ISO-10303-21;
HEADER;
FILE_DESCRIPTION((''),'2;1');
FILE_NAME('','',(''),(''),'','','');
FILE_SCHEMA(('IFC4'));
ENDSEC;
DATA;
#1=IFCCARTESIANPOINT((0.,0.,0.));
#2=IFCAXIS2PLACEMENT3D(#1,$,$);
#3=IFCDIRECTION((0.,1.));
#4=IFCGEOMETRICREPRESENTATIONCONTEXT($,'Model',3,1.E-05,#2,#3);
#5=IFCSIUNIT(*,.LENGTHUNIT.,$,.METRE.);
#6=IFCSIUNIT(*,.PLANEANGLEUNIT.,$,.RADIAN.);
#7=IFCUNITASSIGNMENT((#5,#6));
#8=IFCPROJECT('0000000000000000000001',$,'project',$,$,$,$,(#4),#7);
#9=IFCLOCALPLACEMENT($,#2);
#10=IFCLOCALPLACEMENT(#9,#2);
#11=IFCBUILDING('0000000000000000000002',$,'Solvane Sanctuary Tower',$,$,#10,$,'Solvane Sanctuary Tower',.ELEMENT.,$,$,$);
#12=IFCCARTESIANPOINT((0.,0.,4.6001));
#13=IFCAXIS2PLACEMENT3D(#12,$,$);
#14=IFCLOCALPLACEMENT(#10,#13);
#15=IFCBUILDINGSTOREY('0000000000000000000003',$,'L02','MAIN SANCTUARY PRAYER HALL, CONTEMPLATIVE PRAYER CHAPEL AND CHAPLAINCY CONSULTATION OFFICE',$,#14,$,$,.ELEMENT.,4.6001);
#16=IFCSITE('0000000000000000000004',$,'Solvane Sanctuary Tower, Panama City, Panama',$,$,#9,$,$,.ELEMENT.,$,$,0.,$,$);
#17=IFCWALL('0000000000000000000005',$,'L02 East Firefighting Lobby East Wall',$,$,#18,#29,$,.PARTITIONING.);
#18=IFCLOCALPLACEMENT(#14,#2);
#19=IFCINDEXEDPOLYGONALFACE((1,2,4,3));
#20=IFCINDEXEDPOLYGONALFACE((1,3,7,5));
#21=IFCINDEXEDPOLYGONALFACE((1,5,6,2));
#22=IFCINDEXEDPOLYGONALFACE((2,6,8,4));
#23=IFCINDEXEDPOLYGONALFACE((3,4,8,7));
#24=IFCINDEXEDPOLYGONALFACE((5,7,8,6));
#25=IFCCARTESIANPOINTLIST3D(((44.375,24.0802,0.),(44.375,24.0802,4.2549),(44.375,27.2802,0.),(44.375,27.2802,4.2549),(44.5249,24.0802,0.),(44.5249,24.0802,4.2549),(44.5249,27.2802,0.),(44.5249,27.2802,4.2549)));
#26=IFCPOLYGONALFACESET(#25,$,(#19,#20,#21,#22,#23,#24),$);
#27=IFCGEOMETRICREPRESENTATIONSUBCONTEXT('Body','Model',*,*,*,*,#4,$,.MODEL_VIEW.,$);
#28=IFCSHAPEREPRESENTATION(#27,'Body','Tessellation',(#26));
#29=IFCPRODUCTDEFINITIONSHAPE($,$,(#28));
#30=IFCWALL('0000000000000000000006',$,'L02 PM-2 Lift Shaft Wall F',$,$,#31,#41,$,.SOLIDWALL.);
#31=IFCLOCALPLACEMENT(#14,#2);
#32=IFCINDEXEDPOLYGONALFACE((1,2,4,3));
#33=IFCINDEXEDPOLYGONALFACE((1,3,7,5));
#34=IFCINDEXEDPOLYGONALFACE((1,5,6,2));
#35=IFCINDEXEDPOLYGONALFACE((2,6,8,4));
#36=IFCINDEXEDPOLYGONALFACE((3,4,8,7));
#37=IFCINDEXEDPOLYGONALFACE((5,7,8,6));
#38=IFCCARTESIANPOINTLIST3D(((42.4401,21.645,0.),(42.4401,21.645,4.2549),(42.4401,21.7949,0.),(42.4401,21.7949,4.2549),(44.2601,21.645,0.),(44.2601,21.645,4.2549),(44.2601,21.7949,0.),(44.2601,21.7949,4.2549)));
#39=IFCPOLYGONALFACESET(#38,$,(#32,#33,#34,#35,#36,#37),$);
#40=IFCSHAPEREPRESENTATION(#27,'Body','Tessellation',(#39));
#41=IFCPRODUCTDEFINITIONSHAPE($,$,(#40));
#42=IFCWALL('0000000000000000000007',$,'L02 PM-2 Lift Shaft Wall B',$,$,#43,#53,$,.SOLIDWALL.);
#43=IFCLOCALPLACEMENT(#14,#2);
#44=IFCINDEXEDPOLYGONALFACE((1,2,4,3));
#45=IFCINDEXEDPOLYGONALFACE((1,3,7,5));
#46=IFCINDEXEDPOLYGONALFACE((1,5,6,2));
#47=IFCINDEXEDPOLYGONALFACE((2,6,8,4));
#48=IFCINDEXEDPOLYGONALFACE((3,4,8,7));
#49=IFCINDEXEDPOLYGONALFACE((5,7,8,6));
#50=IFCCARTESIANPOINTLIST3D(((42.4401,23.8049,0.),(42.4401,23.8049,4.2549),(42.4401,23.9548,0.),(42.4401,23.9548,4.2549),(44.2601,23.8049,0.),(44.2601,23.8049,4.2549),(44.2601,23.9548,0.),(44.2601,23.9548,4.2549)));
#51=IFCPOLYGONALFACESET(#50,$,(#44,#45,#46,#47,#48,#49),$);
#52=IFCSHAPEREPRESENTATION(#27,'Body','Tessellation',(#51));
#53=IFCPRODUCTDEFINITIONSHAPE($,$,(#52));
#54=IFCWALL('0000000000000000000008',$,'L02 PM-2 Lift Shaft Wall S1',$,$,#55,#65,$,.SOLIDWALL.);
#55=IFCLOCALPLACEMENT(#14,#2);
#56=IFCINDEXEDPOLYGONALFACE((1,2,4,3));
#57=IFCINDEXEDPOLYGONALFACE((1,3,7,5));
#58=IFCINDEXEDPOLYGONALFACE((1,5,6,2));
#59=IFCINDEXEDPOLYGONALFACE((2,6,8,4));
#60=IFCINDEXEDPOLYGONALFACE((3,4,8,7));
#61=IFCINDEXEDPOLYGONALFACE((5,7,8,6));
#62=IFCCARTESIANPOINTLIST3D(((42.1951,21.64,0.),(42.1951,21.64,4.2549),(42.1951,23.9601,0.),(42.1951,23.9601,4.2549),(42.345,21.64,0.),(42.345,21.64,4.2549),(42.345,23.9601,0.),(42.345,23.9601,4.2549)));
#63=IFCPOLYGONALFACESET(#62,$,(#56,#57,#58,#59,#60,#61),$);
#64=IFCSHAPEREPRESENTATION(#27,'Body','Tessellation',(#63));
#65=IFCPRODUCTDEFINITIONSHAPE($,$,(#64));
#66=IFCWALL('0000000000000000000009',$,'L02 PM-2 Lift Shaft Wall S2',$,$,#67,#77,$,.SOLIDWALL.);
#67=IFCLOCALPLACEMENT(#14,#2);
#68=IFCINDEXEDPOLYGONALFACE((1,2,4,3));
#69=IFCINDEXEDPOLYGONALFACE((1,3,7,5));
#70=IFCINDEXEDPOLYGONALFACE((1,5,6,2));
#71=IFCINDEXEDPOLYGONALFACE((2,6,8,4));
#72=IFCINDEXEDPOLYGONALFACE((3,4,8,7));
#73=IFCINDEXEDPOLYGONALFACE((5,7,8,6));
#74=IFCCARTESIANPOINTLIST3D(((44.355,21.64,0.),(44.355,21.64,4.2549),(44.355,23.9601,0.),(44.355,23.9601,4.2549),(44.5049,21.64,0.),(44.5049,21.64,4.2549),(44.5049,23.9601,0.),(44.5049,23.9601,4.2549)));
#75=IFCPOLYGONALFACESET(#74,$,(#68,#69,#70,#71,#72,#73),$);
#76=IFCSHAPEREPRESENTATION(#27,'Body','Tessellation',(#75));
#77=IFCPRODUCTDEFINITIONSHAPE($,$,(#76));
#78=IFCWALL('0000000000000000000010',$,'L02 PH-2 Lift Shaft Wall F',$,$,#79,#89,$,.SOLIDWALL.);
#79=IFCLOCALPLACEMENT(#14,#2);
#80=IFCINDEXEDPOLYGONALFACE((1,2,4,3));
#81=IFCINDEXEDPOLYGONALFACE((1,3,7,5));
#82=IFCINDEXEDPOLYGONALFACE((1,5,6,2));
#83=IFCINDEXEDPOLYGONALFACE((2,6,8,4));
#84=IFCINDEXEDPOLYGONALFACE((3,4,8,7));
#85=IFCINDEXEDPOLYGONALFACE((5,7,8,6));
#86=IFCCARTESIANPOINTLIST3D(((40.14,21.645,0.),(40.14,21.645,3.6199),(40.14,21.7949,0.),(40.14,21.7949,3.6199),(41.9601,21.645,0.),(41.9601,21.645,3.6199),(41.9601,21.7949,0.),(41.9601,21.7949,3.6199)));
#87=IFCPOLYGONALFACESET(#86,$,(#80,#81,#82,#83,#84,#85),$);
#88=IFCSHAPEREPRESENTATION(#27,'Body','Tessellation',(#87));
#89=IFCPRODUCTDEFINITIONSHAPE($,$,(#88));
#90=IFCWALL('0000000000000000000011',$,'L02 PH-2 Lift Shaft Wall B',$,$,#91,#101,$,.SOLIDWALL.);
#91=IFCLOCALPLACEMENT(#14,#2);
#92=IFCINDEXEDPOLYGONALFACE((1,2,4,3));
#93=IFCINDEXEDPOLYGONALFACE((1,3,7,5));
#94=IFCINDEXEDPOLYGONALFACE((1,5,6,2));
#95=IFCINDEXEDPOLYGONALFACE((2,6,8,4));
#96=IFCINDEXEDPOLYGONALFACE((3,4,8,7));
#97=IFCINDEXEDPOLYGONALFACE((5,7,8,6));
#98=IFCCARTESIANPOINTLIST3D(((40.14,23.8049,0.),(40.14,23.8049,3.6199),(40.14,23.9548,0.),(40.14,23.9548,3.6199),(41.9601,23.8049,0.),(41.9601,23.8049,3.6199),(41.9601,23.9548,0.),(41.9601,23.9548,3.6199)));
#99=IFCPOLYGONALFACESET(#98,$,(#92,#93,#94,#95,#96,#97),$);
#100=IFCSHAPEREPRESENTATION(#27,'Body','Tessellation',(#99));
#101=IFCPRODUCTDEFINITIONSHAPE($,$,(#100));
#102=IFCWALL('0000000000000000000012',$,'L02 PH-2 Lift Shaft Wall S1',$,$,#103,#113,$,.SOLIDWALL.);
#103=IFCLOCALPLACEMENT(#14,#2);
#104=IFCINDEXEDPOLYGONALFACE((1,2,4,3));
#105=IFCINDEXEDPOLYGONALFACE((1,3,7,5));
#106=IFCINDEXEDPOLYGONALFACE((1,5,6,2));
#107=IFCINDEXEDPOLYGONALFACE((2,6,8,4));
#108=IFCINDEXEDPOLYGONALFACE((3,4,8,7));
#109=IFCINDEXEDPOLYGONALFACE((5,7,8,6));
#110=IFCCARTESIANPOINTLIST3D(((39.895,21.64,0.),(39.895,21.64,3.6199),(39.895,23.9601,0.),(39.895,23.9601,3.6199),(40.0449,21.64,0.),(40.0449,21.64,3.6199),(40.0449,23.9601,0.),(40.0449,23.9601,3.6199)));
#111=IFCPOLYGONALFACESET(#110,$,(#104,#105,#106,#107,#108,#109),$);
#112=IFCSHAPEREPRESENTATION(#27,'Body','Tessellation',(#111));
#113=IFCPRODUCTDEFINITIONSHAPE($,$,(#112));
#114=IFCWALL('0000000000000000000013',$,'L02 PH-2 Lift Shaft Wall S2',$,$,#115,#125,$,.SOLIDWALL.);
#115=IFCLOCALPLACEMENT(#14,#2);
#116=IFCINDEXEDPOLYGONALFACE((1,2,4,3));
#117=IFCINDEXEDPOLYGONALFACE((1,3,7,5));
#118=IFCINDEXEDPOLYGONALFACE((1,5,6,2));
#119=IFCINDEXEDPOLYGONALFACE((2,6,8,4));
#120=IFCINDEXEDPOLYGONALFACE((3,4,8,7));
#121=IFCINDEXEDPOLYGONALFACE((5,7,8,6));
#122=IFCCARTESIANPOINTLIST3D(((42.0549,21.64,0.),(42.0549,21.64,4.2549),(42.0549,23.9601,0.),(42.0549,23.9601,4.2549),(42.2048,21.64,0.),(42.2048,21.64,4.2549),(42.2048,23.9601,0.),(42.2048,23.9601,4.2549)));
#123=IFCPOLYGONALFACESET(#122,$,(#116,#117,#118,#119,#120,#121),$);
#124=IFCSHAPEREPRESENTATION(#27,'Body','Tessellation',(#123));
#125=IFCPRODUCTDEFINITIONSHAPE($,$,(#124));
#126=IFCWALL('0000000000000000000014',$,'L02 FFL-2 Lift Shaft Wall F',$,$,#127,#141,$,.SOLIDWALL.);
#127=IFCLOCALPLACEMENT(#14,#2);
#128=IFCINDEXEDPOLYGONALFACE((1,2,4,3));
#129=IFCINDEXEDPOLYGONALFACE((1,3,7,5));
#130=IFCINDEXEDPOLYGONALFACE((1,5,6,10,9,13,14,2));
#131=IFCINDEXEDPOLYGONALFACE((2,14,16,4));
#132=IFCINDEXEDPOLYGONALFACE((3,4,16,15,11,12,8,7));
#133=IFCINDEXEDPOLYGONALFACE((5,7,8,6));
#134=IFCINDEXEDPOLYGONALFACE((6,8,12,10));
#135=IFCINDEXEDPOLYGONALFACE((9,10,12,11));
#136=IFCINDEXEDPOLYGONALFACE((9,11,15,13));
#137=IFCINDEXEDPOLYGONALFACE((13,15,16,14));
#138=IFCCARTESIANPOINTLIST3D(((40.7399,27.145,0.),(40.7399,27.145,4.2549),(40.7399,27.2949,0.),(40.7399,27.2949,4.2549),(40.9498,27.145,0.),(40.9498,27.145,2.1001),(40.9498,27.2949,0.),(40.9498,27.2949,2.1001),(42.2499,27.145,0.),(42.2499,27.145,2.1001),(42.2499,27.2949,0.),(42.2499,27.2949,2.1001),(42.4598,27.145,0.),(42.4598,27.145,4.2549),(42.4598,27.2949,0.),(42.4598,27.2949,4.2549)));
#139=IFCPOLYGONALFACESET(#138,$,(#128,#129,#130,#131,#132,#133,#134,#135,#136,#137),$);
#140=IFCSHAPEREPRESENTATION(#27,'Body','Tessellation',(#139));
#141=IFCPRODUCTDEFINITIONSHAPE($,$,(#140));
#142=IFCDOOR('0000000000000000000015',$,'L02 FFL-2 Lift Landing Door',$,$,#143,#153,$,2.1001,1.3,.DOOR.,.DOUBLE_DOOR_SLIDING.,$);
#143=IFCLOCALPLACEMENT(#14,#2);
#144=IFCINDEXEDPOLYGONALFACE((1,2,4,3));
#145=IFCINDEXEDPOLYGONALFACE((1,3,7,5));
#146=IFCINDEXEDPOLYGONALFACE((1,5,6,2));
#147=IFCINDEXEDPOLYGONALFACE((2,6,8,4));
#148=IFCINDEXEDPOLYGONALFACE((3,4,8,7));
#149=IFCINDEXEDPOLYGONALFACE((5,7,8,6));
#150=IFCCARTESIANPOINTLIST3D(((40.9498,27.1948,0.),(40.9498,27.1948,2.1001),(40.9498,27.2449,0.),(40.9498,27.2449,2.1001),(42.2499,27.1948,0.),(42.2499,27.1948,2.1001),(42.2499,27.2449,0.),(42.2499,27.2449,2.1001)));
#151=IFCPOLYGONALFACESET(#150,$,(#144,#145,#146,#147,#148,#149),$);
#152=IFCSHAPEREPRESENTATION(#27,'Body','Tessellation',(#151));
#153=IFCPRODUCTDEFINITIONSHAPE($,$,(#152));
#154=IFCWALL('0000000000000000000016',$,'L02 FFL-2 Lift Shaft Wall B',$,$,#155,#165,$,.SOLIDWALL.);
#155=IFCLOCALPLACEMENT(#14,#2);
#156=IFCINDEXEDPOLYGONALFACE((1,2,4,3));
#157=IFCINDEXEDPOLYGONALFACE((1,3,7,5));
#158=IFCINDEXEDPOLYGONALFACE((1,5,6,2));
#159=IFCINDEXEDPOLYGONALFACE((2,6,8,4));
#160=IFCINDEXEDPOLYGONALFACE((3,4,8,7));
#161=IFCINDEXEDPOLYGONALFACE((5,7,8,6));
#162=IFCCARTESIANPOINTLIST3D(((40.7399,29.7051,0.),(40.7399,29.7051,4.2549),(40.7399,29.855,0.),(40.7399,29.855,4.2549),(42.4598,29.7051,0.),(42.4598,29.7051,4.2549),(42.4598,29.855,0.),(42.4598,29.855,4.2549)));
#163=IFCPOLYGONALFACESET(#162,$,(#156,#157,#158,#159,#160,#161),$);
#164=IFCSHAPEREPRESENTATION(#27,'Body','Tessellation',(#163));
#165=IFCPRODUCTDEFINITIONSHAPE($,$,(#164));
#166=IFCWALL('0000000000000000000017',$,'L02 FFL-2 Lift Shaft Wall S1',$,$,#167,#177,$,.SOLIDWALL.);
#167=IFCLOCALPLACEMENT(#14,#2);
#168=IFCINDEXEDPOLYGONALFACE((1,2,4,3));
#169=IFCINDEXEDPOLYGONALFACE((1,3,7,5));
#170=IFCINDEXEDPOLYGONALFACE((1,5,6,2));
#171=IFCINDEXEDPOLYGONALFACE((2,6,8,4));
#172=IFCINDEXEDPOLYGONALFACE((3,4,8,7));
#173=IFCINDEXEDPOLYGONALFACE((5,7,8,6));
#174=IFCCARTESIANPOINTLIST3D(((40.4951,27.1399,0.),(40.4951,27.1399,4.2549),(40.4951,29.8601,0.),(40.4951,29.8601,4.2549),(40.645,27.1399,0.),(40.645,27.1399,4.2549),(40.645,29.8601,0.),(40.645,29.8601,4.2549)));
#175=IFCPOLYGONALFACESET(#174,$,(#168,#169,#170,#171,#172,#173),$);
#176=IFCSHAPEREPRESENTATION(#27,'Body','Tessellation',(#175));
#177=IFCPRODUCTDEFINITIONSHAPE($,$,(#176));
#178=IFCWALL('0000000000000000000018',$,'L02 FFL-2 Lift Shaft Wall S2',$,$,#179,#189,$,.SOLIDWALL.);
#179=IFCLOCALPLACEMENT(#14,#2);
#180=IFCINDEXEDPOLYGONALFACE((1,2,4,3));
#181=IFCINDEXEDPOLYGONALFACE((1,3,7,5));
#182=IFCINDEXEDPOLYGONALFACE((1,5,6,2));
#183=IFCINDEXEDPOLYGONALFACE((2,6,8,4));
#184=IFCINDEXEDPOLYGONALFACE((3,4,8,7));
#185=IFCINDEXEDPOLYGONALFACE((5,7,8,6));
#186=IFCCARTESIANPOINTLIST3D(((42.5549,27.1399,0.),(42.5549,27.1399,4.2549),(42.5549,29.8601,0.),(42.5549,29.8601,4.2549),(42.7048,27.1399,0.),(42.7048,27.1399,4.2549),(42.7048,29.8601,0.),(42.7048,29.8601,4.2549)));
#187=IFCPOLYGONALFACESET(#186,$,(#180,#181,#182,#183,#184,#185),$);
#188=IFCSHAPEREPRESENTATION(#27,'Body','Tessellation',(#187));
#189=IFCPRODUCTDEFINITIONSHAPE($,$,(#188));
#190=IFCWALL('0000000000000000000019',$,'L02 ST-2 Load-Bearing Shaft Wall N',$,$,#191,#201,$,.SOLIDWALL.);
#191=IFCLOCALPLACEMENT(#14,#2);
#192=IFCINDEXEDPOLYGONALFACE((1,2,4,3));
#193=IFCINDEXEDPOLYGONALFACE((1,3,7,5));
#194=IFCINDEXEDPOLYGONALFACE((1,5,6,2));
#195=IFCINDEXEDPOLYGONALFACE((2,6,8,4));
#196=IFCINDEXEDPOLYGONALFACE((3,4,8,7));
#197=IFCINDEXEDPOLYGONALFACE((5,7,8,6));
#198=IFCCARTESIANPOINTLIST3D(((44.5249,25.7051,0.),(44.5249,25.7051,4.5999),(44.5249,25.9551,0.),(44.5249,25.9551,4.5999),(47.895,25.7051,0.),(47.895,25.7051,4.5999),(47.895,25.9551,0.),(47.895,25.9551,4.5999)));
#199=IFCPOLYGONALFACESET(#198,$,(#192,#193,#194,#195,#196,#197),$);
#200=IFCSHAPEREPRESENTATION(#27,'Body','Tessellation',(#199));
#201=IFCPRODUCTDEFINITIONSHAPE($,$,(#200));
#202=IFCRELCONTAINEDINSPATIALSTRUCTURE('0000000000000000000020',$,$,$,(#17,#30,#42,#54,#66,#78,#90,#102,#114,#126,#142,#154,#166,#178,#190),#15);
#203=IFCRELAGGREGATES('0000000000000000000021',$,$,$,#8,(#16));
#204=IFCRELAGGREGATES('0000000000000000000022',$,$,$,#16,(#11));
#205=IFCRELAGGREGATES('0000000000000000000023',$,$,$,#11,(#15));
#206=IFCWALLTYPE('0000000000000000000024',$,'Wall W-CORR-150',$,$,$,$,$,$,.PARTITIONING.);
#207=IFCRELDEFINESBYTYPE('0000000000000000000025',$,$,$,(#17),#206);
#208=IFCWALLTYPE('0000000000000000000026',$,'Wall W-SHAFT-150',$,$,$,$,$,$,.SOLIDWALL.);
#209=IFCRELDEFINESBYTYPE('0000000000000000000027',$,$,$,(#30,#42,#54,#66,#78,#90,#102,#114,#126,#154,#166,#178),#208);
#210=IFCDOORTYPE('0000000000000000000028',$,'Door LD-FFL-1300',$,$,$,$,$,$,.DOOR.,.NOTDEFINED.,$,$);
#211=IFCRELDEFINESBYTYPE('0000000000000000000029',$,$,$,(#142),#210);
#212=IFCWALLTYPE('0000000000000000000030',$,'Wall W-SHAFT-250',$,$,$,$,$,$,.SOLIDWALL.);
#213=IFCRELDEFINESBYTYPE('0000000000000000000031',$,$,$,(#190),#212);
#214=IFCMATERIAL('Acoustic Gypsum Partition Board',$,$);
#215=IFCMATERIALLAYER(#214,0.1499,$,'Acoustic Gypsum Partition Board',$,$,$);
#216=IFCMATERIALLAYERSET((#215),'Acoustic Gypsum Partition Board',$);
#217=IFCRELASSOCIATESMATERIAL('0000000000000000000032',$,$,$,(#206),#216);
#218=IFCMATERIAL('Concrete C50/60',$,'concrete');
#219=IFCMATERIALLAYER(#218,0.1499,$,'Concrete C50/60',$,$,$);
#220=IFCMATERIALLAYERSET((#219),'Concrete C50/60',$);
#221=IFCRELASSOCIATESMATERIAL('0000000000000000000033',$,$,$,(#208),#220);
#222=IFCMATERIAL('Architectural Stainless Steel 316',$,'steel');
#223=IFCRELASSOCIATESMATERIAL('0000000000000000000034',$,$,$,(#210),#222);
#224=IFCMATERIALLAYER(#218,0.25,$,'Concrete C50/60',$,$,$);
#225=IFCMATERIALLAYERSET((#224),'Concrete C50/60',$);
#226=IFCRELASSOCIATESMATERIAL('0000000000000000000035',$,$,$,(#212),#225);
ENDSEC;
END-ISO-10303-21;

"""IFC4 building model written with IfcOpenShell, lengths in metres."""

from ifc_helpers import new_model, si_unit, direction, frame, frame_2d, origin, place, context, subcontext, project, spatial, rectangle, extrude, material, layer, layer_set, type_object, element, fill, save


model = new_model("IFC4")

# Units and contexts
model_context = context("Model", 3, precision=1e-05, world=origin(), true_north=direction((0.0, 1.0)))
body_context = subcontext(model_context, "Body", "Model", "MODEL_VIEW")
ifc_project = project(units=[si_unit("LENGTHUNIT", "METRE"), si_unit("PLANEANGLEUNIT", "RADIAN")], contexts=[model_context])

# Site, building, storey
site_placement = place(None, origin())
site = spatial("IfcSite", under=ifc_project, at=site_placement, Name="Solvane Sanctuary Tower, Panama City, Panama", CompositionType="ELEMENT", RefElevation=0.0)
building_placement = place(site_placement, origin())
building = spatial("IfcBuilding", under=site, at=building_placement, Name="Solvane Sanctuary Tower", LongName="Solvane Sanctuary Tower", CompositionType="ELEMENT")
storey_placement = place(building_placement, frame((0.0, 0.0, 4.6001)))
storey = spatial("IfcBuildingStorey", under=building, at=storey_placement, Name="L02", Description="MAIN SANCTUARY PRAYER HALL, CONTEMPLATIVE PRAYER CHAPEL AND CHAPLAINCY CONSULTATION OFFICE", CompositionType="ELEMENT", Elevation=4.6001)

# Walls
ifc_material_1 = material(Name="Acoustic Gypsum Partition Board")
ifc_layer_1 = layer(ifc_material_1, 0.1499, Name="Acoustic Gypsum Partition Board")
ifc_layer_set_1 = layer_set([ifc_layer_1], Name="Acoustic Gypsum Partition Board")
wall_type_1 = type_object("IfcWallType", Name="Wall W-CORR-150", PredefinedType="PARTITIONING", material=ifc_layer_set_1)
wall_1_placement = place(storey_placement, frame((44.45, 24.0801, 0.0), z_axis=(0.0, 0.0, 1.0), x_axis=(0.0, 1.0, 0.0)))
element("IfcWall", 1, at=wall_1_placement, inside=storey, type_object=wall_type_1, Name="L02 East Firefighting Lobby East Wall", PredefinedType="PARTITIONING", context=body_context, shape_type="SweptSolid", body=[
    extrude(rectangle(XDim=3.2, YDim=0.1499, at=frame_2d((1.6001, 0.0))), origin(), (0.0, 0.0, 1.0), 4.2549),
])
ifc_material_2 = material(Name="Concrete C50/60", Category="concrete")
ifc_layer_2 = layer(ifc_material_2, 0.1499, Name="Concrete C50/60")
ifc_layer_set_2 = layer_set([ifc_layer_2], Name="Concrete C50/60")
wall_type_2 = type_object("IfcWallType", Name="Wall W-SHAFT-150", PredefinedType="SOLIDWALL", material=ifc_layer_set_2)
for number, where, z_axis, x_axis, name in (
    (2, (42.4399, 21.72, 0.0), (0.0, 0.0, 1.0), (1.0, 0.0, 0.0), "L02 PM-2 Lift Shaft Wall F"),
    (3, (42.4399, 23.8799, 0.0), (0.0, 0.0, 1.0), (1.0, 0.0, 0.0), "L02 PM-2 Lift Shaft Wall B"),
):
    element("IfcWall", number, at=place(storey_placement, frame(where, z_axis=z_axis, x_axis=x_axis)), inside=storey, type_object=wall_type_2, Name=name, PredefinedType="SOLIDWALL", context=body_context, shape_type="SweptSolid", body=[
        extrude(rectangle(XDim=1.8201, YDim=0.1499, at=frame_2d((0.9102, 0.0))), origin(), (0.0, 0.0, 1.0), 4.2549),
    ])
for number, where, z_axis, x_axis, name in (
    (4, (42.27, 21.6399, 0.0), (0.0, 0.0, 1.0), (0.0, 1.0, 0.0), "L02 PM-2 Lift Shaft Wall S1"),
    (5, (44.4299, 21.6399, 0.0), (0.0, 0.0, 1.0), (0.0, 1.0, 0.0), "L02 PM-2 Lift Shaft Wall S2"),
):
    element("IfcWall", number, at=place(storey_placement, frame(where, z_axis=z_axis, x_axis=x_axis)), inside=storey, type_object=wall_type_2, Name=name, PredefinedType="SOLIDWALL", context=body_context, shape_type="SweptSolid", body=[
        extrude(rectangle(XDim=2.3201, YDim=0.1499, at=frame_2d((1.1602, 0.0))), origin(), (0.0, 0.0, 1.0), 4.2549),
    ])
for number, where, z_axis, x_axis, name in (
    (6, (40.1399, 21.72, 0.0), (0.0, 0.0, 1.0), (1.0, 0.0, 0.0), "L02 PH-2 Lift Shaft Wall F"),
    (7, (40.1399, 23.8799, 0.0), (0.0, 0.0, 1.0), (1.0, 0.0, 0.0), "L02 PH-2 Lift Shaft Wall B"),
):
    element("IfcWall", number, at=place(storey_placement, frame(where, z_axis=z_axis, x_axis=x_axis)), inside=storey, type_object=wall_type_2, Name=name, PredefinedType="SOLIDWALL", context=body_context, shape_type="SweptSolid", body=[
        extrude(rectangle(XDim=1.8201, YDim=0.1499, at=frame_2d((0.9102, 0.0))), origin(), (0.0, 0.0, 1.0), 3.6199),
    ])
wall_2_placement = place(storey_placement, frame((39.97, 21.6399, 0.0), z_axis=(0.0, 0.0, 1.0), x_axis=(0.0, 1.0, 0.0)))
element("IfcWall", 8, at=wall_2_placement, inside=storey, type_object=wall_type_2, Name="L02 PH-2 Lift Shaft Wall S1", PredefinedType="SOLIDWALL", context=body_context, shape_type="SweptSolid", body=[
    extrude(rectangle(XDim=2.3201, YDim=0.1499, at=frame_2d((1.1602, 0.0))), origin(), (0.0, 0.0, 1.0), 3.6199),
])
wall_3_placement = place(storey_placement, frame((42.1299, 21.6399, 0.0), z_axis=(0.0, 0.0, 1.0), x_axis=(0.0, 1.0, 0.0)))
element("IfcWall", 9, at=wall_3_placement, inside=storey, type_object=wall_type_2, Name="L02 PH-2 Lift Shaft Wall S2", PredefinedType="SOLIDWALL", context=body_context, shape_type="SweptSolid", body=[
    extrude(rectangle(XDim=2.3201, YDim=0.1499, at=frame_2d((1.1602, 0.0))), origin(), (0.0, 0.0, 1.0), 4.2549),
])

# Wall, opening, door
wall_4_placement = place(storey_placement, frame((40.74, 27.22, 0.0), z_axis=(0.0, 0.0, 1.0), x_axis=(1.0, 0.0, 0.0)))
wall_4 = element("IfcWall", 10, at=wall_4_placement, inside=storey, type_object=wall_type_2, Name="L02 FFL-2 Lift Shaft Wall F", PredefinedType="SOLIDWALL", context=body_context, shape_type="SweptSolid", body=[
    extrude(rectangle(XDim=1.72, YDim=0.1499, at=frame_2d((0.8599, 0.0))), origin(), (0.0, 0.0, 1.0), 4.2549),
])
opening_placement = place(wall_4_placement, frame((0.21, 0.0, 0.0)))
opening = element("IfcOpeningElement", 11, at=opening_placement, cuts=wall_4, PredefinedType="OPENING", context=body_context, shape_type="SweptSolid", body=[
    extrude(rectangle(XDim=1.3, YDim=2.1001, at=frame_2d((0.6499, 1.05))), frame((0.0, 0.085, 0.0), z_axis=(0.0, -1.0, 0.0), x_axis=(1.0, 0.0, 0.0)), (0.0, 0.0, 1.0), 0.1699),
])
ifc_material_3 = material(Name="Architectural Stainless Steel 316", Category="steel")
door_type = type_object("IfcDoorType", Name="Door LD-FFL-1300", OperationType="NOTDEFINED", PredefinedType="DOOR", material=ifc_material_3)
door_placement = place(opening_placement, origin())
door = element("IfcDoor", 12, at=door_placement, inside=storey, type_object=door_type, Name="L02 FFL-2 Lift Landing Door", OperationType="DOUBLE_DOOR_SLIDING", OverallHeight=2.1001, OverallWidth=1.3, PredefinedType="DOOR", context=body_context, shape_type="SweptSolid", body=[
    extrude(rectangle(XDim=1.3, YDim=2.1001, at=frame_2d((0.6499, 1.05))), frame((0.0, 0.0249, 0.0), z_axis=(0.0, -1.0, 0.0), x_axis=(1.0, 0.0, 0.0)), (0.0, 0.0, 1.0), 0.05),
])
fill(opening, door)

# Walls
wall_5_placement = place(storey_placement, frame((40.74, 29.78, 0.0), z_axis=(0.0, 0.0, 1.0), x_axis=(1.0, 0.0, 0.0)))
element("IfcWall", 13, at=wall_5_placement, inside=storey, type_object=wall_type_2, Name="L02 FFL-2 Lift Shaft Wall B", PredefinedType="SOLIDWALL", context=body_context, shape_type="SweptSolid", body=[
    extrude(rectangle(XDim=1.72, YDim=0.1499, at=frame_2d((0.8599, 0.0))), origin(), (0.0, 0.0, 1.0), 4.2549),
])
for number, where, z_axis, x_axis, name in (
    (14, (40.5701, 27.1399, 0.0), (0.0, 0.0, 1.0), (0.0, 1.0, 0.0), "L02 FFL-2 Lift Shaft Wall S1"),
    (15, (42.6299, 27.1399, 0.0), (0.0, 0.0, 1.0), (0.0, 1.0, 0.0), "L02 FFL-2 Lift Shaft Wall S2"),
):
    element("IfcWall", number, at=place(storey_placement, frame(where, z_axis=z_axis, x_axis=x_axis)), inside=storey, type_object=wall_type_2, Name=name, PredefinedType="SOLIDWALL", context=body_context, shape_type="SweptSolid", body=[
        extrude(rectangle(XDim=2.7202, YDim=0.1499, at=frame_2d((1.3601, 0.0))), origin(), (0.0, 0.0, 1.0), 4.2549),
    ])
ifc_layer_3 = layer(ifc_material_2, 0.25, Name="Concrete C50/60")
ifc_layer_set_3 = layer_set([ifc_layer_3], Name="Concrete C50/60")
wall_type_3 = type_object("IfcWallType", Name="Wall W-SHAFT-250", PredefinedType="SOLIDWALL", material=ifc_layer_set_3)
wall_6_placement = place(storey_placement, frame((44.5249, 25.8301, 0.0), z_axis=(0.0, 0.0, 1.0), x_axis=(1.0, 0.0, 0.0)))
element("IfcWall", 16, at=wall_6_placement, inside=storey, type_object=wall_type_3, Name="L02 ST-2 Load-Bearing Shaft Wall N", PredefinedType="SOLIDWALL", context=body_context, shape_type="SweptSolid", body=[
    extrude(rectangle(XDim=3.3701, YDim=0.25, at=frame_2d((1.6851, 0.0))), origin(), (0.0, 0.0, 1.0), 4.5999),
])

save(model, "model.ifc")
